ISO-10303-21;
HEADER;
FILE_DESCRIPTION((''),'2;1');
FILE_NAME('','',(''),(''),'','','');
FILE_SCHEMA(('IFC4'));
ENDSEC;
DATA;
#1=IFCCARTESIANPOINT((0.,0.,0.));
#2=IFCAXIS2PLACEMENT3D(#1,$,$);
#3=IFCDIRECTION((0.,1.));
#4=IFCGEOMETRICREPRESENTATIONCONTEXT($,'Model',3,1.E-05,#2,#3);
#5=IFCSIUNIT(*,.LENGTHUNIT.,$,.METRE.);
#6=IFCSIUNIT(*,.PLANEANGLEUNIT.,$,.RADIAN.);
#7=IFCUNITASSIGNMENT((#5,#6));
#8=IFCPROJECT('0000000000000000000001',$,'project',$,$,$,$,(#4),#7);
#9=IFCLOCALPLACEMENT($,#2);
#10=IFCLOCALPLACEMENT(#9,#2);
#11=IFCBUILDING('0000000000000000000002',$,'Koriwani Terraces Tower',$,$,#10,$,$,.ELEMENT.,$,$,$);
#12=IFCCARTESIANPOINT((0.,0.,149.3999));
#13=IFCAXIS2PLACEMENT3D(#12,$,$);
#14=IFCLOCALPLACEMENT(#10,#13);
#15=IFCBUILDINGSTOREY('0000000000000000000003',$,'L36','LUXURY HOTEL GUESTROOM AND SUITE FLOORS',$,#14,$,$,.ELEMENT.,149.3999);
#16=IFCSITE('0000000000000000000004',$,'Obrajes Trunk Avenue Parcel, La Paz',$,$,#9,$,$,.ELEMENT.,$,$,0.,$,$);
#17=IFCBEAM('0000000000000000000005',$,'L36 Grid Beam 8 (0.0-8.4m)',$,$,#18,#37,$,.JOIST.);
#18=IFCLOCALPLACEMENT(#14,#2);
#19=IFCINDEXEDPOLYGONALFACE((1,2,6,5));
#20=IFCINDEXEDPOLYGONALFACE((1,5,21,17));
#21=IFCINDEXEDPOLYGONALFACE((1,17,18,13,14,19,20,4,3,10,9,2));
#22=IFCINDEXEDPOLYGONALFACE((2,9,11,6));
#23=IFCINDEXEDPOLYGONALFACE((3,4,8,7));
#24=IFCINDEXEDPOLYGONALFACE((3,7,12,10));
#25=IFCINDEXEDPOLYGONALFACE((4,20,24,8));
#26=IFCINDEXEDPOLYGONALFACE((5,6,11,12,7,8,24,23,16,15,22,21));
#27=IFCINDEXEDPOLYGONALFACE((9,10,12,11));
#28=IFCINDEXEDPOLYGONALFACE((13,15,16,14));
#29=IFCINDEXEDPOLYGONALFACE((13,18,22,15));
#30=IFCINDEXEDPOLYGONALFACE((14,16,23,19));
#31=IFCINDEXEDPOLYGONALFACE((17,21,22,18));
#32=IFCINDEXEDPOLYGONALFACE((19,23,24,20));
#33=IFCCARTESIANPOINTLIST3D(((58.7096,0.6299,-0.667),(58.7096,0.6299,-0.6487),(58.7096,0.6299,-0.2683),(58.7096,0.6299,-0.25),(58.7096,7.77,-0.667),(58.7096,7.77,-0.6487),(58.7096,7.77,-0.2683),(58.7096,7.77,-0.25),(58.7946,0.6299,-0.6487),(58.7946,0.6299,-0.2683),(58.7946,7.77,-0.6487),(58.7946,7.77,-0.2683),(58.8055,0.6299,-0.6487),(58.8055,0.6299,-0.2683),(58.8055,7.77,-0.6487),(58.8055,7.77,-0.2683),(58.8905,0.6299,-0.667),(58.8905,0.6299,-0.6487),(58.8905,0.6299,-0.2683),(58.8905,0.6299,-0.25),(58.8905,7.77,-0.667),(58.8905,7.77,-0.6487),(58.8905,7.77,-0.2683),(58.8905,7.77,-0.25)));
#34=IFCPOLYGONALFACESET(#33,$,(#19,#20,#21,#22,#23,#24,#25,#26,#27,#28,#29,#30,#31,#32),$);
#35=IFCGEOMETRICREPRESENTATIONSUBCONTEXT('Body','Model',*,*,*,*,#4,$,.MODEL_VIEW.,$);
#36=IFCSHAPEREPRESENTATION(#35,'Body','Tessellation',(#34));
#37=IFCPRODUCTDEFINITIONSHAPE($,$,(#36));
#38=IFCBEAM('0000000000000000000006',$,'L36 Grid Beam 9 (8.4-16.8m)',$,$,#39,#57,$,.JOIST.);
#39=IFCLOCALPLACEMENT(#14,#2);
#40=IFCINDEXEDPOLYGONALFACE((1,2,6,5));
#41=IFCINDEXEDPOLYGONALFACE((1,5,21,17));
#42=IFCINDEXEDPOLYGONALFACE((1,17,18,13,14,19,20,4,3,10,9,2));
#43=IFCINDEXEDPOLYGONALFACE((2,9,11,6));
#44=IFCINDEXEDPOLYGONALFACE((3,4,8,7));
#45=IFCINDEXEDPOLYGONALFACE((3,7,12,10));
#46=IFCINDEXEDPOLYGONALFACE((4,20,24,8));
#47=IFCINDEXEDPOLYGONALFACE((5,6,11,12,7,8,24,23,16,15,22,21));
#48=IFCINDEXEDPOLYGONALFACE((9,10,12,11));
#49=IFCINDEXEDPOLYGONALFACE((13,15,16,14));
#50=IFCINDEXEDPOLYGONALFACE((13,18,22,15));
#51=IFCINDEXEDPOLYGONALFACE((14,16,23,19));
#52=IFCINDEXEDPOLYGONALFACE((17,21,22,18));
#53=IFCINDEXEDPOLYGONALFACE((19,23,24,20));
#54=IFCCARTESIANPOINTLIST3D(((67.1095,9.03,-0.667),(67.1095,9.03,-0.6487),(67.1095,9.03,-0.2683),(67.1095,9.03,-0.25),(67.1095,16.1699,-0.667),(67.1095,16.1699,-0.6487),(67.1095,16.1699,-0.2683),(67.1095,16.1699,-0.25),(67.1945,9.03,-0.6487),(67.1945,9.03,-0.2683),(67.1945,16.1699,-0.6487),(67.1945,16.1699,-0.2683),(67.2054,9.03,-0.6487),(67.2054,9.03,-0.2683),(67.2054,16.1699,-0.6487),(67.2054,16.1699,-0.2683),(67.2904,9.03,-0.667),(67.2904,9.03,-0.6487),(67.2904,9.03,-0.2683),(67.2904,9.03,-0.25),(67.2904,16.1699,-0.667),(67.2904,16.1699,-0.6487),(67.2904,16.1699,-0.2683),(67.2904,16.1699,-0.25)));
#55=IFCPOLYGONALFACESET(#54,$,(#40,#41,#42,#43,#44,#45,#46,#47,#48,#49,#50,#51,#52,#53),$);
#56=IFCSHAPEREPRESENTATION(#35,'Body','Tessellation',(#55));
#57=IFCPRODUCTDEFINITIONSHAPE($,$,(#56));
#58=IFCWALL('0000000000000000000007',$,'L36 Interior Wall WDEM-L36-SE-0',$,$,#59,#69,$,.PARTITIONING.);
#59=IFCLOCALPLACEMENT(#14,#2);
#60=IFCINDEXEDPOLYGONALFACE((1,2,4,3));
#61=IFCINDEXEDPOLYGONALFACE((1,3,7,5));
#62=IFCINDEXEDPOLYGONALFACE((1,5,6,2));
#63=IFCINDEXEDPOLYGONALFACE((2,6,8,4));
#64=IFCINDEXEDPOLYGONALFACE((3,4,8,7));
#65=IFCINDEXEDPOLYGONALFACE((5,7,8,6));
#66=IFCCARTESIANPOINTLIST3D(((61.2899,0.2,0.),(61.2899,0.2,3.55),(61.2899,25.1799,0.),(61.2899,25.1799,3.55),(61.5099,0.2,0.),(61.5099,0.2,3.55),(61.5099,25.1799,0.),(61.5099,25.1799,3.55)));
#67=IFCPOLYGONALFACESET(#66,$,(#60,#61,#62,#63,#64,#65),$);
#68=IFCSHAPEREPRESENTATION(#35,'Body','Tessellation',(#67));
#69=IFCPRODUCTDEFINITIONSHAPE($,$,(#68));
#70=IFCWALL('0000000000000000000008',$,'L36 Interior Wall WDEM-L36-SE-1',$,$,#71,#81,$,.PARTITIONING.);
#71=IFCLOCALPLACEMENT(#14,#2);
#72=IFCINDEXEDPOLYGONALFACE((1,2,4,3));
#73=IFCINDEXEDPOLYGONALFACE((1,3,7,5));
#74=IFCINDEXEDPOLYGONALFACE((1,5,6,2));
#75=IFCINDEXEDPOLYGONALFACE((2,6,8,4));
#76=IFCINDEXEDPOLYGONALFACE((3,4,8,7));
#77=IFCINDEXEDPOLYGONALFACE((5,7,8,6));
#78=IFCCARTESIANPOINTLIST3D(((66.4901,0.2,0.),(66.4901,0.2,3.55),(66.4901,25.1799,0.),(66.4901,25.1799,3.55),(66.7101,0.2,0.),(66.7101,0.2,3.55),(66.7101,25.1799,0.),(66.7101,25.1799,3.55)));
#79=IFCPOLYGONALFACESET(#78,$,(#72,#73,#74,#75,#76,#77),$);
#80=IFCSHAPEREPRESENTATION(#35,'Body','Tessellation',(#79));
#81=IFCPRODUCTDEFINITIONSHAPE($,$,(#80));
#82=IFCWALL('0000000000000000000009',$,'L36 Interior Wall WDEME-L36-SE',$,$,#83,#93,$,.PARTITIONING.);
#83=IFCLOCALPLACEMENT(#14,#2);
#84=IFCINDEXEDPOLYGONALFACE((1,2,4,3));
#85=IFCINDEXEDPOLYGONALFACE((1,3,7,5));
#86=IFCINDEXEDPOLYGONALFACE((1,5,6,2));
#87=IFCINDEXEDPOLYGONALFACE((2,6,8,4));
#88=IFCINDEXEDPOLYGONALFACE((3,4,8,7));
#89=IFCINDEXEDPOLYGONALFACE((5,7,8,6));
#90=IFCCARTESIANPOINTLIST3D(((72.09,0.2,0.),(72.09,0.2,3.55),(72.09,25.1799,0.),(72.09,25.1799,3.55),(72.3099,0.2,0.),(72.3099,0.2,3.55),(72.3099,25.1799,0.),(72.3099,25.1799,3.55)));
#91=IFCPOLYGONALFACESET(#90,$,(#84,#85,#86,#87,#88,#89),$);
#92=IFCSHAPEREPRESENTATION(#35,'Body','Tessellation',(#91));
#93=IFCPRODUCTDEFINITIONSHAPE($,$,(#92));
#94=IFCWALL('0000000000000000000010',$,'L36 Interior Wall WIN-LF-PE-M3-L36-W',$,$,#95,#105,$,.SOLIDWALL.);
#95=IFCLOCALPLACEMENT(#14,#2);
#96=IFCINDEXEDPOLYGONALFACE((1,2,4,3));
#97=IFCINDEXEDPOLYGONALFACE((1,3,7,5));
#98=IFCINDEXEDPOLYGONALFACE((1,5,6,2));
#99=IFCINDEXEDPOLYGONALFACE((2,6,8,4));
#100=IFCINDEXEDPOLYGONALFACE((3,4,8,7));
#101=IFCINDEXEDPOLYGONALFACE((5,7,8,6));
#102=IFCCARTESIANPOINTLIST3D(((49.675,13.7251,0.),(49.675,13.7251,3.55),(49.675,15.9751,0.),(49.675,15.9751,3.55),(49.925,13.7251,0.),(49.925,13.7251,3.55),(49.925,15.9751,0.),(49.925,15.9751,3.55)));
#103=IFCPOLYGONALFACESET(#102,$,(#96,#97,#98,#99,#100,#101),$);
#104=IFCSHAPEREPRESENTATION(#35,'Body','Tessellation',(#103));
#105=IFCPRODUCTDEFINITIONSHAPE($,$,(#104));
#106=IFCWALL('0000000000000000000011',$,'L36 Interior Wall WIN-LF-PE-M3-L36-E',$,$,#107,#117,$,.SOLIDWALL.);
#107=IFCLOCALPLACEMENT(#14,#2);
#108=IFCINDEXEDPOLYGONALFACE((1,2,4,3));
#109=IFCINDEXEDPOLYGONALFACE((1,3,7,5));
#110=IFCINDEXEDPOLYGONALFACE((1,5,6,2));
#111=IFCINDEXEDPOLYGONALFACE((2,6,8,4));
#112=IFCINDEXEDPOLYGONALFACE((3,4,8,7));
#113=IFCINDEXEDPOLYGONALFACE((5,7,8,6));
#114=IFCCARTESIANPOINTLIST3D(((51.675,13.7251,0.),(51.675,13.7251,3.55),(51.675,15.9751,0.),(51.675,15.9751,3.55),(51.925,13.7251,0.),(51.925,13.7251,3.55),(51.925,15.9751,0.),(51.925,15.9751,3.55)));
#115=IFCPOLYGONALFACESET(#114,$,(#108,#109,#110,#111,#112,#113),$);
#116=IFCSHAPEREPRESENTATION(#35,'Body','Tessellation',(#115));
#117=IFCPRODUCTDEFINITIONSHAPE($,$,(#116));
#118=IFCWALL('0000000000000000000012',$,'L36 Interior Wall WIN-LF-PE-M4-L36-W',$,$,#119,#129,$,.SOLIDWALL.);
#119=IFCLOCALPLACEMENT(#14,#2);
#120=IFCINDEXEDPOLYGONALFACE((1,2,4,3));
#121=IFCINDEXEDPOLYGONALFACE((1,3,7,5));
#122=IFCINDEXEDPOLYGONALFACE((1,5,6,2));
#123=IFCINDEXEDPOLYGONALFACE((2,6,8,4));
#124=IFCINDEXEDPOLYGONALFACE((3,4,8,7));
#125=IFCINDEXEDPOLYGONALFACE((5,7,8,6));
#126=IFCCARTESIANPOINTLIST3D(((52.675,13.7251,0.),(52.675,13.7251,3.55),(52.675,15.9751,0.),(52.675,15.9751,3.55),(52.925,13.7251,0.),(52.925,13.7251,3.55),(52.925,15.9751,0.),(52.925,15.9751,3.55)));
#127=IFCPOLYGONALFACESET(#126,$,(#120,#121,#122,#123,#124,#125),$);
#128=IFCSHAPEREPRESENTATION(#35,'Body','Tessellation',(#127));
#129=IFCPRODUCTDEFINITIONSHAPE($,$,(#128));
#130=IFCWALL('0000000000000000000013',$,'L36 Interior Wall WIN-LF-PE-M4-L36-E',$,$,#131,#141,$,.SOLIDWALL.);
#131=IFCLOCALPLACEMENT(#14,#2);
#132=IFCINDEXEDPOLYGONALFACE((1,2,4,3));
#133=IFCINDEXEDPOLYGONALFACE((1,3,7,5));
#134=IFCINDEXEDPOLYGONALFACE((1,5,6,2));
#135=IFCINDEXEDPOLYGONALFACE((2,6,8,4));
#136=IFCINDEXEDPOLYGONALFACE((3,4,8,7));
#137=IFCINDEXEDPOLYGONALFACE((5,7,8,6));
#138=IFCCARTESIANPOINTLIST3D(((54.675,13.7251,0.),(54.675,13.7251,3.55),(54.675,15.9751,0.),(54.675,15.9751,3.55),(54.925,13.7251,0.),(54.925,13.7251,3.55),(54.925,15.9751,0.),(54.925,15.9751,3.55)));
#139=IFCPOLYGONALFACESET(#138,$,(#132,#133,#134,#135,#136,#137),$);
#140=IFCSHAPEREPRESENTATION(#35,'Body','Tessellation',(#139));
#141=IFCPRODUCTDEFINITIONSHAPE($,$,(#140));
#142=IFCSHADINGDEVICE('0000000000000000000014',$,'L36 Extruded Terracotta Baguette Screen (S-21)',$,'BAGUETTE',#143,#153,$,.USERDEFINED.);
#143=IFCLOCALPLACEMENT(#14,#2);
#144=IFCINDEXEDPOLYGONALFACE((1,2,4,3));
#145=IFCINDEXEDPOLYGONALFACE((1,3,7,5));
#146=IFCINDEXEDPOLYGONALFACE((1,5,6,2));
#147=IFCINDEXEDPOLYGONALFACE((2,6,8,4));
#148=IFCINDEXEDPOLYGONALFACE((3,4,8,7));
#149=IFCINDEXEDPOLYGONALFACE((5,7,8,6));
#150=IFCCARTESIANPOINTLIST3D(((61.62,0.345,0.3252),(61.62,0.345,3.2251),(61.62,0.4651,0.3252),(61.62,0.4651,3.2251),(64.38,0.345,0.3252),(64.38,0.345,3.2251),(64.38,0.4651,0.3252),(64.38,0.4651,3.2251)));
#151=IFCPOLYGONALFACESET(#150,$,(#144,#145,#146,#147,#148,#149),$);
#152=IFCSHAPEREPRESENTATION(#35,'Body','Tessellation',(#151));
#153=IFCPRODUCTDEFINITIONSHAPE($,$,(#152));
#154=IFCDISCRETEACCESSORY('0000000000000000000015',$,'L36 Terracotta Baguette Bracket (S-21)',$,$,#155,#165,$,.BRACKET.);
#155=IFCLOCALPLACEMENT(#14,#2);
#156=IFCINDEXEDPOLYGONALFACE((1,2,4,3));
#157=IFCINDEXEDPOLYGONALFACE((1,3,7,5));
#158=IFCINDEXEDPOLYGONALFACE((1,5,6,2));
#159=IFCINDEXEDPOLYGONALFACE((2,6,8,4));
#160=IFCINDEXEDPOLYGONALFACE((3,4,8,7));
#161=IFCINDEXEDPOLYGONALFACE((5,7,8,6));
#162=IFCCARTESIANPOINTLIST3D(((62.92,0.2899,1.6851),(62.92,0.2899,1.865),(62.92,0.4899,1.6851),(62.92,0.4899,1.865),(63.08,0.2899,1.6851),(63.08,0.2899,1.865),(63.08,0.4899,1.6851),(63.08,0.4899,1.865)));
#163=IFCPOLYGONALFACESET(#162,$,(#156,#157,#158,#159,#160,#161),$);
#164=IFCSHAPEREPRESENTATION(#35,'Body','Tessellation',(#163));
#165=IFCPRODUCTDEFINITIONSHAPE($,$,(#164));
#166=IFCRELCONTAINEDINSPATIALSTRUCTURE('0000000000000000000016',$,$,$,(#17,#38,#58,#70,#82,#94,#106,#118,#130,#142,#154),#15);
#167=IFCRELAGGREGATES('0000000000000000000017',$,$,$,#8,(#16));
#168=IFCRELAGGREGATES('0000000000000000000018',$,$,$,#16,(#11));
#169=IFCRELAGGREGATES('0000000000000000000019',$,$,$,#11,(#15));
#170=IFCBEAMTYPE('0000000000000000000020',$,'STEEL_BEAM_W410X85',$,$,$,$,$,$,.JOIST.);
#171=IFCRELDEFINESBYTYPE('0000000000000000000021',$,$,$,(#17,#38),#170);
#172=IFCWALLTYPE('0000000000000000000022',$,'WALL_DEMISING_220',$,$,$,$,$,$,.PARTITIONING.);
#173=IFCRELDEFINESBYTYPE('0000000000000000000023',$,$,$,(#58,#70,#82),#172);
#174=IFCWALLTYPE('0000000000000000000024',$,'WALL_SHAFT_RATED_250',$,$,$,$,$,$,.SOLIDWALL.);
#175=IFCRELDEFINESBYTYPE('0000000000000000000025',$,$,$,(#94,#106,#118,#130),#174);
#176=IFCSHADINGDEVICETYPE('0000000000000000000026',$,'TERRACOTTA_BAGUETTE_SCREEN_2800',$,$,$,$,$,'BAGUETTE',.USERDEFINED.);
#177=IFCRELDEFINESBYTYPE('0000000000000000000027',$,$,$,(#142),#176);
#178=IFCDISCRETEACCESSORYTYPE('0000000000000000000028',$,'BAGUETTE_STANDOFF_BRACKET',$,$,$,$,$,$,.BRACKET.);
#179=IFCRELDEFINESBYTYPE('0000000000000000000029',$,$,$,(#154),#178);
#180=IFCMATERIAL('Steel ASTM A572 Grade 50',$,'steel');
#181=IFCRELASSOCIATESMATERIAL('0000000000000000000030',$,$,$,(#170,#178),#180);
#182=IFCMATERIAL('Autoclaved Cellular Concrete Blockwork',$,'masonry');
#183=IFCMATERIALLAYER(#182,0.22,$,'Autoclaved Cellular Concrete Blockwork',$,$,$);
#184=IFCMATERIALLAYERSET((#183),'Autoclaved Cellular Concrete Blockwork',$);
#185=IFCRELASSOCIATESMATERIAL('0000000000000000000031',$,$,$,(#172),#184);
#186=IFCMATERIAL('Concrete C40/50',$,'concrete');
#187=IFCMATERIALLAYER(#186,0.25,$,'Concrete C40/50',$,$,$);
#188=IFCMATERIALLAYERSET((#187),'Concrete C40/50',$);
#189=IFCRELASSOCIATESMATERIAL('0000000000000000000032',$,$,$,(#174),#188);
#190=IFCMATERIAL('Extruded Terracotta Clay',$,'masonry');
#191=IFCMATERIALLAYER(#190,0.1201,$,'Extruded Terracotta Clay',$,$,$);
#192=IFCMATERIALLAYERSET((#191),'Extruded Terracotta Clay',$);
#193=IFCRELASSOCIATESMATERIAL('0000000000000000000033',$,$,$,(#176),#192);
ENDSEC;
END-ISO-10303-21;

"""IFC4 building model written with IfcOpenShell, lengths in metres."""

from ifc_helpers import new_model, si_unit, direction, frame, frame_2d, origin, origin_2d, place, context, subcontext, project, spatial, rectangle, i_section, extrude, material, layer, layer_set, material_profile, profile_set, type_object, element, save


model = new_model("IFC4")

# Units and contexts
model_context = context("Model", 3, precision=1e-05, world=origin(), true_north=direction((0.0, 1.0)))
body_context = subcontext(model_context, "Body", "Model", "MODEL_VIEW")
ifc_project = project(units=[si_unit("LENGTHUNIT", "METRE"), si_unit("PLANEANGLEUNIT", "RADIAN")], contexts=[model_context])

# Site, building, storey
site_placement = place(None, origin())
site = spatial("IfcSite", under=ifc_project, at=site_placement, Name="Obrajes Trunk Avenue Parcel, La Paz", CompositionType="ELEMENT", RefElevation=0.0)
building_placement = place(site_placement, origin())
building = spatial("IfcBuilding", under=site, at=building_placement, Name="Koriwani Terraces Tower", CompositionType="ELEMENT")
storey_placement = place(building_placement, frame((0.0, 0.0, 149.3999)))
storey = spatial("IfcBuildingStorey", under=building, at=storey_placement, Name="L36", Description="LUXURY HOTEL GUESTROOM AND SUITE FLOORS", CompositionType="ELEMENT", Elevation=149.3999)

# Beams
ifc_material_1 = material(Name="Concrete C40/50", Category="concrete")
ifc_material_2 = material(Name="Steel ASTM A572 Grade 50", Category="steel")
ifc_material_profile_1 = material_profile(ifc_material_2, i_section(OverallWidth=0.1809, OverallDepth=0.417, WebThickness=0.011, FlangeThickness=0.0183, at=origin_2d()), Name="Steel ASTM A572 Grade 50", Category="LoadBearing")
ifc_profile_set_1 = profile_set([ifc_material_profile_1], Name="Steel ASTM A572 Grade 50")
beam_type_1 = type_object("IfcBeamType", Name="STEEL_BEAM_W410X85", PredefinedType="JOIST", material=ifc_profile_set_1)
for number, where, z_axis, x_axis, name in (
    (1, (58.8, 0.6299, -0.4585), (0.0, 1.0, 0.0), (-1.0, 0.0, 0.0), "L36 Grid Beam 8 (0.0-8.4m)"),
):
    element("IfcBeam", number, at=place(storey_placement, frame(where, z_axis=z_axis, x_axis=x_axis)), inside=storey, type_object=beam_type_1, Name=name, PredefinedType="JOIST", context=body_context, shape_type="SweptSolid", body=[
        extrude(i_section(OverallWidth=0.1809, OverallDepth=0.417, WebThickness=0.011, FlangeThickness=0.0183, at=origin_2d()), origin(), (0.0, 0.0, 1.0), 7.1401),
    ])
beam_1_placement = place(storey_placement, frame((67.2, 9.03, -0.4585), z_axis=(0.0, 1.0, 0.0), x_axis=(-1.0, 0.0, 0.0)))
element("IfcBeam", 2, at=beam_1_placement, inside=storey, type_object=beam_type_1, Name="L36 Grid Beam 9 (8.4-16.8m)", PredefinedType="JOIST", context=body_context, shape_type="SweptSolid", body=[
    extrude(i_section(OverallWidth=0.1809, OverallDepth=0.417, WebThickness=0.011, FlangeThickness=0.0183, at=origin_2d()), origin(), (0.0, 0.0, 1.0), 7.1399),
])

# Walls
ifc_material_3 = material(Name="Autoclaved Cellular Concrete Blockwork", Category="masonry")
ifc_layer_1 = layer(ifc_material_3, 0.22, Name="Autoclaved Cellular Concrete Blockwork")
ifc_layer_set_1 = layer_set([ifc_layer_1], Name="Autoclaved Cellular Concrete Blockwork")
wall_type_1 = type_object("IfcWallType", Name="WALL_DEMISING_220", PredefinedType="PARTITIONING", material=ifc_layer_set_1)
for number, where, z_axis, x_axis, name in (
    (3, (61.3999, 0.2, 0.0), (0.0, 0.0, 1.0), (0.0, 1.0, 0.0), "L36 Interior Wall WDEM-L36-SE-0"),
    (4, (66.6001, 0.2, 0.0), (0.0, 0.0, 1.0), (0.0, 1.0, 0.0), "L36 Interior Wall WDEM-L36-SE-1"),
    (5, (72.2, 0.2, 0.0), (0.0, 0.0, 1.0), (0.0, 1.0, 0.0), "L36 Interior Wall WDEME-L36-SE"),
):
    element("IfcWall", number, at=place(storey_placement, frame(where, z_axis=z_axis, x_axis=x_axis)), inside=storey, type_object=wall_type_1, Name=name, PredefinedType="PARTITIONING", context=body_context, shape_type="SweptSolid", body=[
        extrude(rectangle(XDim=24.98, YDim=0.22, at=frame_2d((12.49, 0.0))), origin(), (0.0, 0.0, 1.0), 3.55),
    ])
ifc_layer_2 = layer(ifc_material_1, 0.25, Name="Concrete C40/50")
ifc_layer_set_2 = layer_set([ifc_layer_2], Name="Concrete C40/50")
wall_type_2 = type_object("IfcWallType", Name="WALL_SHAFT_RATED_250", PredefinedType="SOLIDWALL", material=ifc_layer_set_2)
for number, where, z_axis, x_axis, name in (
    (6, (49.8, 13.7251, 0.0), (0.0, 0.0, 1.0), (0.0, 1.0, 0.0), "L36 Interior Wall WIN-LF-PE-M3-L36-W"),
    (7, (51.8, 13.7251, 0.0), (0.0, 0.0, 1.0), (0.0, 1.0, 0.0), "L36 Interior Wall WIN-LF-PE-M3-L36-E"),
):
    element("IfcWall", number, at=place(storey_placement, frame(where, z_axis=z_axis, x_axis=x_axis)), inside=storey, type_object=wall_type_2, Name=name, PredefinedType="SOLIDWALL", context=body_context, shape_type="SweptSolid", body=[
        extrude(rectangle(XDim=2.25, YDim=0.25, at=frame_2d((1.125, 0.0))), origin(), (0.0, 0.0, 1.0), 3.55),
    ])

# Walls
for number, where, z_axis, x_axis, name in (
    (8, (52.8, 13.7251, 0.0), (0.0, 0.0, 1.0), (0.0, 1.0, 0.0), "L36 Interior Wall WIN-LF-PE-M4-L36-W"),
    (9, (54.8, 13.7251, 0.0), (0.0, 0.0, 1.0), (0.0, 1.0, 0.0), "L36 Interior Wall WIN-LF-PE-M4-L36-E"),
):
    element("IfcWall", number, at=place(storey_placement, frame(where, z_axis=z_axis, x_axis=x_axis)), inside=storey, type_object=wall_type_2, Name=name, PredefinedType="SOLIDWALL", context=body_context, shape_type="SweptSolid", body=[
        extrude(rectangle(XDim=2.25, YDim=0.25, at=frame_2d((1.125, 0.0))), origin(), (0.0, 0.0, 1.0), 3.55),
    ])

# Shading device
ifc_material_4 = material(Name="Extruded Terracotta Clay", Category="masonry")
ifc_layer_3 = layer(ifc_material_4, 0.1201, Name="Extruded Terracotta Clay")
ifc_layer_set_3 = layer_set([ifc_layer_3], Name="Extruded Terracotta Clay")
shading_device_type = type_object("IfcShadingDeviceType", Name="TERRACOTTA_BAGUETTE_SCREEN_2800", ElementType="BAGUETTE", PredefinedType="USERDEFINED", material=ifc_layer_set_3)
shading_device_placement = place(storey_placement, frame((63.0, 0.405, 0.3252), z_axis=(0.0, 0.0, 1.0), x_axis=(-1.0, 0.0, 0.0)))
element("IfcShadingDevice", 10, at=shading_device_placement, inside=storey, type_object=shading_device_type, Name="L36 Extruded Terracotta Baguette Screen (S-21)", ObjectType="BAGUETTE", PredefinedType="USERDEFINED", context=body_context, shape_type="SweptSolid", body=[
    extrude(rectangle(XDim=2.76, YDim=0.1201, at=origin_2d()), origin(), (0.0, 0.0, 1.0), 2.8999),
])

# Discrete accessory
discrete_accessory_type = type_object("IfcDiscreteAccessoryType", Name="BAGUETTE_STANDOFF_BRACKET", PredefinedType="BRACKET", material=ifc_material_2)
discrete_accessory_placement = place(storey_placement, frame((63.0, 0.3899, 1.6851), z_axis=(0.0, 0.0, 1.0), x_axis=(-1.0, 0.0, 0.0)))
element("IfcDiscreteAccessory", 11, at=discrete_accessory_placement, inside=storey, type_object=discrete_accessory_type, Name="L36 Terracotta Baguette Bracket (S-21)", PredefinedType="BRACKET", context=body_context, shape_type="SweptSolid", body=[
    extrude(rectangle(XDim=0.1599, YDim=0.2, at=origin_2d()), origin(), (0.0, 0.0, 1.0), 0.1799),
])

save(model, "model.ifc")
